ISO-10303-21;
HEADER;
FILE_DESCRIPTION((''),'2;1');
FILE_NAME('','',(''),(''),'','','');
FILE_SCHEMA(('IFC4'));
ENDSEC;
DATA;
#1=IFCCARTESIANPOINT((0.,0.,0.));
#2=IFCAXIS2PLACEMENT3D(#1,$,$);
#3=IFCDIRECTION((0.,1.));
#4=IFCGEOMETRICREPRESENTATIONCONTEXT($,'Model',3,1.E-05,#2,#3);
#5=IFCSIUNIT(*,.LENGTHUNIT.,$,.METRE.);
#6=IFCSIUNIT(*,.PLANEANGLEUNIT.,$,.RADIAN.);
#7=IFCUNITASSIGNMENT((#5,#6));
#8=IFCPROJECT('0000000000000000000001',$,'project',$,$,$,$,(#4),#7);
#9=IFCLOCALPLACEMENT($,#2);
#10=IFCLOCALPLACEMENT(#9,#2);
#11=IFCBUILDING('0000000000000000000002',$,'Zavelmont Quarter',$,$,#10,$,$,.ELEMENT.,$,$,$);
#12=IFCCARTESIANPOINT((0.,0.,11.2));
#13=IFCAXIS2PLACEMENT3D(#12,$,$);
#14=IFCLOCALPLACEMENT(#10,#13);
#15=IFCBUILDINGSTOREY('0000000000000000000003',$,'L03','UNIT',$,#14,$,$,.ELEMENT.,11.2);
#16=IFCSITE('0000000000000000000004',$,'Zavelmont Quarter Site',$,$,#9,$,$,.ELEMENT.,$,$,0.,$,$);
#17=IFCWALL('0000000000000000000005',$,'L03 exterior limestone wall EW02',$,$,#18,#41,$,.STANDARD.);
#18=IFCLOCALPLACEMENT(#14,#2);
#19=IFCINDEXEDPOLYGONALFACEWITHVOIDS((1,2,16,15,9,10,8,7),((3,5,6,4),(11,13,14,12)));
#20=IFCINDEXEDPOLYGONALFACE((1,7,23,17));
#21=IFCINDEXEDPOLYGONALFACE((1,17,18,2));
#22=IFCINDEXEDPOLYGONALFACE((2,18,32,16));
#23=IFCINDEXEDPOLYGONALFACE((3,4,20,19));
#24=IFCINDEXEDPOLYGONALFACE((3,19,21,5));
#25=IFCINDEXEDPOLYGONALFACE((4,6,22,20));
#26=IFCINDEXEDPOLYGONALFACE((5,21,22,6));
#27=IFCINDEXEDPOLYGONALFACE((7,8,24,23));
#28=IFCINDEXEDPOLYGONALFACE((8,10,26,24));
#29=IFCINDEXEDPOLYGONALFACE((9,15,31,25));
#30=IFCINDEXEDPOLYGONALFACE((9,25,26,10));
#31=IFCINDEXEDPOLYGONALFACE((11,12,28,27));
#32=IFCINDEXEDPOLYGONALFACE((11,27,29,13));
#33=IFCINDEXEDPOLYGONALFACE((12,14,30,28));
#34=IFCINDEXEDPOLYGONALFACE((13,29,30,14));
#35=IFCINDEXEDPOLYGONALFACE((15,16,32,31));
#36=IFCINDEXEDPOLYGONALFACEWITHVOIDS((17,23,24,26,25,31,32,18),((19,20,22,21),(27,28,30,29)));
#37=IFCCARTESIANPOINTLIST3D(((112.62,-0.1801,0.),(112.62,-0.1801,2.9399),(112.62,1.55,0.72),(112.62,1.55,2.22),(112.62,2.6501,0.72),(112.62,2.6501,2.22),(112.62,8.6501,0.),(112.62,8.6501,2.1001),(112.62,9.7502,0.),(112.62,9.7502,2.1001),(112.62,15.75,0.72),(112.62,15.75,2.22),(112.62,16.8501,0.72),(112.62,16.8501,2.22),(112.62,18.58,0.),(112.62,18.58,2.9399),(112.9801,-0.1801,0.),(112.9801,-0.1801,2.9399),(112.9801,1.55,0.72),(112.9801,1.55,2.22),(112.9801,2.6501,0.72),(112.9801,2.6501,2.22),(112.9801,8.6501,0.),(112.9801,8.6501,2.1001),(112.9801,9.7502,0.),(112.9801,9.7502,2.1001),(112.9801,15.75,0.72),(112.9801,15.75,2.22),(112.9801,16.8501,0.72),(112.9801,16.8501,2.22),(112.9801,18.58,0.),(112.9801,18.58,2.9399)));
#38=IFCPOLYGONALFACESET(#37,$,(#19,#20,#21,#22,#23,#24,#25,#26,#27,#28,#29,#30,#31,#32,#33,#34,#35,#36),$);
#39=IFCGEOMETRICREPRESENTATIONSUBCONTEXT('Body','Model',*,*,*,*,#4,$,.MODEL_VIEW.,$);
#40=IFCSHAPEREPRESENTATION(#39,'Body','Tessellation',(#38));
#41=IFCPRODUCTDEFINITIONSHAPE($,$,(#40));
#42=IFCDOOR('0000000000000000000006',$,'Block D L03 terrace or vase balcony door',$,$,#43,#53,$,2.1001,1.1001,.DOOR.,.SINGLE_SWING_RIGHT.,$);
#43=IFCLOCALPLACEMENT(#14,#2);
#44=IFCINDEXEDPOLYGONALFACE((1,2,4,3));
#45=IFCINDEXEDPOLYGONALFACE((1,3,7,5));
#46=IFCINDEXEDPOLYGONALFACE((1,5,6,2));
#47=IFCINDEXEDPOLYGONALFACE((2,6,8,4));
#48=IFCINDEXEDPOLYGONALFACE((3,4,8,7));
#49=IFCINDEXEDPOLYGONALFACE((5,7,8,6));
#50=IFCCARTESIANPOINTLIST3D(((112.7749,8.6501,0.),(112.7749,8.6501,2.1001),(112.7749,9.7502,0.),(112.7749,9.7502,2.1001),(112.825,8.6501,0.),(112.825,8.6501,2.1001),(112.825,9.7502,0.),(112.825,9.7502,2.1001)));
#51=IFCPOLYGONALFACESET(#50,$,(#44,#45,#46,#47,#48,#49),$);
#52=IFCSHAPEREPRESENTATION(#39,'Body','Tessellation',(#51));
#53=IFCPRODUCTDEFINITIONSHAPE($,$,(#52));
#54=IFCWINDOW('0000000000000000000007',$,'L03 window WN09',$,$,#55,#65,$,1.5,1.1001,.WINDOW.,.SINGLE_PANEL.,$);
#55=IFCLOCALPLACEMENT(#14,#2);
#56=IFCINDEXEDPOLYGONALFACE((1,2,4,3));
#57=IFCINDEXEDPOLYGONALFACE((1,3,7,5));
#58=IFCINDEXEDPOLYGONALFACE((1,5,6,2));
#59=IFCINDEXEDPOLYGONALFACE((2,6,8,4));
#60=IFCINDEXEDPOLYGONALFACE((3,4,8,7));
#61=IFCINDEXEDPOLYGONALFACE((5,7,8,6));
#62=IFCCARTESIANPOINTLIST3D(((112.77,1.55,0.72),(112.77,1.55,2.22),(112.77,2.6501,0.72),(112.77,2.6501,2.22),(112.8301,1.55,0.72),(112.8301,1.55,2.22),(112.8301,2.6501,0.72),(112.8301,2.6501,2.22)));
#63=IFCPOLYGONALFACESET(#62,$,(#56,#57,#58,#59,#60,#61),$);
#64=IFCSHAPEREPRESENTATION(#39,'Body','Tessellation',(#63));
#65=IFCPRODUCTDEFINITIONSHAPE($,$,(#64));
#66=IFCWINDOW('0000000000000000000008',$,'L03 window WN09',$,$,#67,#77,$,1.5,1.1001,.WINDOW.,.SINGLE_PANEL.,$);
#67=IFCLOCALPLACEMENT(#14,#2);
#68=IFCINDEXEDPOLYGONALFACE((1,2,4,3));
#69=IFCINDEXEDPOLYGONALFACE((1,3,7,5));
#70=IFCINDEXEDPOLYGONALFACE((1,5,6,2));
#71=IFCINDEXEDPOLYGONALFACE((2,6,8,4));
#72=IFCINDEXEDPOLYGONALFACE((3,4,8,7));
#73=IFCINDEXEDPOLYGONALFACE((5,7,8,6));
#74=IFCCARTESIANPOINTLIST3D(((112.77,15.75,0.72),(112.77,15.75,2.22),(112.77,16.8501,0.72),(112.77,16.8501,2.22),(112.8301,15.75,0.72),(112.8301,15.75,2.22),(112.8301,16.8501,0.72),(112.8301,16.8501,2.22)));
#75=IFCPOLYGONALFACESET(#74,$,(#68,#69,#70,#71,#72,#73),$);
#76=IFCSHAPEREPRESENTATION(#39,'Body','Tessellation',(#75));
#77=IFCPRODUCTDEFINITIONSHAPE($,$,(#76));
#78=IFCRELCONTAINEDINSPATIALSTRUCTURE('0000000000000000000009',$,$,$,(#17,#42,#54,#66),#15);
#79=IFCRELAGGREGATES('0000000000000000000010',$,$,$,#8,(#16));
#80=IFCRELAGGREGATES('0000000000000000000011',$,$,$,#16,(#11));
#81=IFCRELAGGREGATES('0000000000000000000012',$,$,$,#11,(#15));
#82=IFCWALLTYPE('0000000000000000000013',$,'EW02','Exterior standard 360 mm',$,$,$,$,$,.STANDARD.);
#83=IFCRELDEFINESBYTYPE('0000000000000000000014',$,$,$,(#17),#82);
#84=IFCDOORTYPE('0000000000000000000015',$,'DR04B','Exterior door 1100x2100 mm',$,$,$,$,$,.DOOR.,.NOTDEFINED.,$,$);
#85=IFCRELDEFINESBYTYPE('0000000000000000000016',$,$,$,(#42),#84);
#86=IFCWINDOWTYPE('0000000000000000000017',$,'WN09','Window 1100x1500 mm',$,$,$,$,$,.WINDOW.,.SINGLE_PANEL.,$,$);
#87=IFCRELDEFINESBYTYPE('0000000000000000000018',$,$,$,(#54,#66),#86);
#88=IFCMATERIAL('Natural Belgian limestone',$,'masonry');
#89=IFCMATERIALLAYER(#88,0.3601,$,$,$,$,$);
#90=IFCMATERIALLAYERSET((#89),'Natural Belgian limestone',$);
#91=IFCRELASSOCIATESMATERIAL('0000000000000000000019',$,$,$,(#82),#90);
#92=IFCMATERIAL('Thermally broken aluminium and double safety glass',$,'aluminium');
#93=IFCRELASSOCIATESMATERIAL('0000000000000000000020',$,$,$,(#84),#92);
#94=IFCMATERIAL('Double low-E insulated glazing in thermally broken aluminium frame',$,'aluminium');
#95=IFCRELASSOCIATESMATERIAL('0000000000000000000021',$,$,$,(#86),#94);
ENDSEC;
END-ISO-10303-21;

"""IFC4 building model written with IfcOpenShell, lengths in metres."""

from ifc_helpers import new_model, si_unit, direction, frame, frame_2d, origin, origin_with_axes, place, context, subcontext, project, spatial, rectangle, extrude, material, layer, layer_set, type_object, element, fill, save


model = new_model("IFC4")

# Units and contexts
model_context = context("Model", 3, precision=1e-05, world=origin(), true_north=direction((0.0, 1.0)))
body_context = subcontext(model_context, "Body", "Model", "MODEL_VIEW")
ifc_project = project(units=[si_unit("LENGTHUNIT", "METRE"), si_unit("PLANEANGLEUNIT", "RADIAN")], contexts=[model_context])

# Site, building, storey
site_placement = place(None, origin())
site = spatial("IfcSite", under=ifc_project, at=site_placement, Name="Zavelmont Quarter Site", CompositionType="ELEMENT", RefElevation=0.0)
building_placement = place(site_placement, origin())
building = spatial("IfcBuilding", under=site, at=building_placement, Name="Zavelmont Quarter", CompositionType="ELEMENT")
storey_placement = place(building_placement, frame((0.0, 0.0, 11.2)))
storey = spatial("IfcBuildingStorey", under=building, at=storey_placement, Name="L03", Description="UNIT", CompositionType="ELEMENT", Elevation=11.2)

# Wall, openings, door, windows
ifc_material_1 = material(Name="Natural Belgian limestone", Category="masonry")
ifc_layer = layer(ifc_material_1, 0.3601)
ifc_layer_set = layer_set([ifc_layer], Name="Natural Belgian limestone")
wall_type = type_object("IfcWallType", Name="EW02", Description="Exterior standard 360 mm", PredefinedType="STANDARD", material=ifc_layer_set)
wall_placement = place(storey_placement, frame((112.8, -0.1799, 0.0), z_axis=(0.0, 0.0, 1.0), x_axis=(0.0, 1.0, 0.0)))
wall = element("IfcWall", 1, at=wall_placement, inside=storey, type_object=wall_type, Name="L03 exterior limestone wall EW02", PredefinedType="STANDARD", context=body_context, shape_type="SweptSolid", body=[
    extrude(rectangle(XDim=18.76, YDim=0.3601, at=frame_2d((9.3799, 0.0))), origin(), (0.0, 0.0, 1.0), 2.9399),
])
opening_1_placement = place(wall_placement, frame((8.8301, 0.0, 0.0)))
opening_1 = element("IfcOpeningElement", 2, at=opening_1_placement, cuts=wall, PredefinedType="OPENING", context=body_context, shape_type="SweptSolid", body=[
    extrude(rectangle(XDim=1.1001, YDim=2.1001, at=frame_2d((0.55, 1.05))), frame((0.0, 0.1919, 0.0), z_axis=(0.0, -1.0, 0.0), x_axis=(1.0, 0.0, 0.0)), (0.0, 0.0, 1.0), 0.384),
])
opening_2_placement = place(wall_placement, frame((1.73, 0.0, 0.72)))
opening_2 = element("IfcOpeningElement", 3, at=opening_2_placement, cuts=wall, PredefinedType="OPENING", context=body_context, shape_type="SweptSolid", body=[
    extrude(rectangle(XDim=1.1001, YDim=1.5, at=frame_2d((0.55, 0.75))), frame((0.0, 0.1919, 0.0), z_axis=(0.0, -1.0, 0.0), x_axis=(1.0, 0.0, 0.0)), (0.0, 0.0, 1.0), 0.384),
])
opening_3_placement = place(wall_placement, frame((15.9299, 0.0, 0.72)))
opening_3 = element("IfcOpeningElement", 4, at=opening_3_placement, cuts=wall, PredefinedType="OPENING", context=body_context, shape_type="SweptSolid", body=[
    extrude(rectangle(XDim=1.1001, YDim=1.5, at=frame_2d((0.55, 0.75))), frame((0.0, 0.1919, 0.0), z_axis=(0.0, -1.0, 0.0), x_axis=(1.0, 0.0, 0.0)), (0.0, 0.0, 1.0), 0.384),
])
ifc_material_2 = material(Name="Thermally broken aluminium and double safety glass", Category="aluminium")
door_type = type_object("IfcDoorType", Name="DR04B", Description="Exterior door 1100x2100 mm", OperationType="NOTDEFINED", PredefinedType="DOOR", material=ifc_material_2)
door_placement = place(opening_1_placement, frame((1.1001, 0.0, 0.0), z_axis=(0.0, 0.0, 1.0), x_axis=(-1.0, 0.0, 0.0)))
door = element("IfcDoor", 5, at=door_placement, inside=storey, type_object=door_type, Name="Block D L03 terrace or vase balcony door", OperationType="SINGLE_SWING_RIGHT", OverallHeight=2.1001, OverallWidth=1.1001, PredefinedType="DOOR", context=body_context, shape_type="SweptSolid", body=[
    extrude(rectangle(XDim=1.1001, YDim=2.1001, at=frame_2d((0.55, 1.05))), frame((0.0, 0.0249, 0.0), z_axis=(0.0, -1.0, 0.0), x_axis=(1.0, 0.0, 0.0)), (0.0, 0.0, 1.0), 0.05),
])
fill(opening_1, door)
ifc_material_3 = material(Name="Double low-E insulated glazing in thermally broken aluminium frame", Category="aluminium")
window_type = type_object("IfcWindowType", Name="WN09", Description="Window 1100x1500 mm", PartitioningType="SINGLE_PANEL", PredefinedType="WINDOW", material=ifc_material_3)
window_1_placement = place(opening_2_placement, origin_with_axes())
window_1 = element("IfcWindow", 6, at=window_1_placement, inside=storey, type_object=window_type, Name="L03 window WN09", OverallHeight=1.5, OverallWidth=1.1001, PartitioningType="SINGLE_PANEL", PredefinedType="WINDOW", context=body_context, shape_type="SweptSolid", body=[
    extrude(rectangle(XDim=1.1001, YDim=1.5, at=frame_2d((0.55, 0.75))), frame((0.0, 0.03, 0.0), z_axis=(0.0, -1.0, 0.0), x_axis=(1.0, 0.0, 0.0)), (0.0, 0.0, 1.0), 0.0601),
])
fill(opening_2, window_1)
window_2_placement = place(opening_3_placement, origin_with_axes())
window_2 = element("IfcWindow", 7, at=window_2_placement, inside=storey, type_object=window_type, Name="L03 window WN09", OverallHeight=1.5, OverallWidth=1.1001, PartitioningType="SINGLE_PANEL", PredefinedType="WINDOW", context=body_context, shape_type="SweptSolid", body=[
    extrude(rectangle(XDim=1.1001, YDim=1.5, at=frame_2d((0.55, 0.75))), frame((0.0, 0.03, 0.0), z_axis=(0.0, -1.0, 0.0), x_axis=(1.0, 0.0, 0.0)), (0.0, 0.0, 1.0), 0.0601),
])
fill(opening_3, window_2)

save(model, "model.ifc")
